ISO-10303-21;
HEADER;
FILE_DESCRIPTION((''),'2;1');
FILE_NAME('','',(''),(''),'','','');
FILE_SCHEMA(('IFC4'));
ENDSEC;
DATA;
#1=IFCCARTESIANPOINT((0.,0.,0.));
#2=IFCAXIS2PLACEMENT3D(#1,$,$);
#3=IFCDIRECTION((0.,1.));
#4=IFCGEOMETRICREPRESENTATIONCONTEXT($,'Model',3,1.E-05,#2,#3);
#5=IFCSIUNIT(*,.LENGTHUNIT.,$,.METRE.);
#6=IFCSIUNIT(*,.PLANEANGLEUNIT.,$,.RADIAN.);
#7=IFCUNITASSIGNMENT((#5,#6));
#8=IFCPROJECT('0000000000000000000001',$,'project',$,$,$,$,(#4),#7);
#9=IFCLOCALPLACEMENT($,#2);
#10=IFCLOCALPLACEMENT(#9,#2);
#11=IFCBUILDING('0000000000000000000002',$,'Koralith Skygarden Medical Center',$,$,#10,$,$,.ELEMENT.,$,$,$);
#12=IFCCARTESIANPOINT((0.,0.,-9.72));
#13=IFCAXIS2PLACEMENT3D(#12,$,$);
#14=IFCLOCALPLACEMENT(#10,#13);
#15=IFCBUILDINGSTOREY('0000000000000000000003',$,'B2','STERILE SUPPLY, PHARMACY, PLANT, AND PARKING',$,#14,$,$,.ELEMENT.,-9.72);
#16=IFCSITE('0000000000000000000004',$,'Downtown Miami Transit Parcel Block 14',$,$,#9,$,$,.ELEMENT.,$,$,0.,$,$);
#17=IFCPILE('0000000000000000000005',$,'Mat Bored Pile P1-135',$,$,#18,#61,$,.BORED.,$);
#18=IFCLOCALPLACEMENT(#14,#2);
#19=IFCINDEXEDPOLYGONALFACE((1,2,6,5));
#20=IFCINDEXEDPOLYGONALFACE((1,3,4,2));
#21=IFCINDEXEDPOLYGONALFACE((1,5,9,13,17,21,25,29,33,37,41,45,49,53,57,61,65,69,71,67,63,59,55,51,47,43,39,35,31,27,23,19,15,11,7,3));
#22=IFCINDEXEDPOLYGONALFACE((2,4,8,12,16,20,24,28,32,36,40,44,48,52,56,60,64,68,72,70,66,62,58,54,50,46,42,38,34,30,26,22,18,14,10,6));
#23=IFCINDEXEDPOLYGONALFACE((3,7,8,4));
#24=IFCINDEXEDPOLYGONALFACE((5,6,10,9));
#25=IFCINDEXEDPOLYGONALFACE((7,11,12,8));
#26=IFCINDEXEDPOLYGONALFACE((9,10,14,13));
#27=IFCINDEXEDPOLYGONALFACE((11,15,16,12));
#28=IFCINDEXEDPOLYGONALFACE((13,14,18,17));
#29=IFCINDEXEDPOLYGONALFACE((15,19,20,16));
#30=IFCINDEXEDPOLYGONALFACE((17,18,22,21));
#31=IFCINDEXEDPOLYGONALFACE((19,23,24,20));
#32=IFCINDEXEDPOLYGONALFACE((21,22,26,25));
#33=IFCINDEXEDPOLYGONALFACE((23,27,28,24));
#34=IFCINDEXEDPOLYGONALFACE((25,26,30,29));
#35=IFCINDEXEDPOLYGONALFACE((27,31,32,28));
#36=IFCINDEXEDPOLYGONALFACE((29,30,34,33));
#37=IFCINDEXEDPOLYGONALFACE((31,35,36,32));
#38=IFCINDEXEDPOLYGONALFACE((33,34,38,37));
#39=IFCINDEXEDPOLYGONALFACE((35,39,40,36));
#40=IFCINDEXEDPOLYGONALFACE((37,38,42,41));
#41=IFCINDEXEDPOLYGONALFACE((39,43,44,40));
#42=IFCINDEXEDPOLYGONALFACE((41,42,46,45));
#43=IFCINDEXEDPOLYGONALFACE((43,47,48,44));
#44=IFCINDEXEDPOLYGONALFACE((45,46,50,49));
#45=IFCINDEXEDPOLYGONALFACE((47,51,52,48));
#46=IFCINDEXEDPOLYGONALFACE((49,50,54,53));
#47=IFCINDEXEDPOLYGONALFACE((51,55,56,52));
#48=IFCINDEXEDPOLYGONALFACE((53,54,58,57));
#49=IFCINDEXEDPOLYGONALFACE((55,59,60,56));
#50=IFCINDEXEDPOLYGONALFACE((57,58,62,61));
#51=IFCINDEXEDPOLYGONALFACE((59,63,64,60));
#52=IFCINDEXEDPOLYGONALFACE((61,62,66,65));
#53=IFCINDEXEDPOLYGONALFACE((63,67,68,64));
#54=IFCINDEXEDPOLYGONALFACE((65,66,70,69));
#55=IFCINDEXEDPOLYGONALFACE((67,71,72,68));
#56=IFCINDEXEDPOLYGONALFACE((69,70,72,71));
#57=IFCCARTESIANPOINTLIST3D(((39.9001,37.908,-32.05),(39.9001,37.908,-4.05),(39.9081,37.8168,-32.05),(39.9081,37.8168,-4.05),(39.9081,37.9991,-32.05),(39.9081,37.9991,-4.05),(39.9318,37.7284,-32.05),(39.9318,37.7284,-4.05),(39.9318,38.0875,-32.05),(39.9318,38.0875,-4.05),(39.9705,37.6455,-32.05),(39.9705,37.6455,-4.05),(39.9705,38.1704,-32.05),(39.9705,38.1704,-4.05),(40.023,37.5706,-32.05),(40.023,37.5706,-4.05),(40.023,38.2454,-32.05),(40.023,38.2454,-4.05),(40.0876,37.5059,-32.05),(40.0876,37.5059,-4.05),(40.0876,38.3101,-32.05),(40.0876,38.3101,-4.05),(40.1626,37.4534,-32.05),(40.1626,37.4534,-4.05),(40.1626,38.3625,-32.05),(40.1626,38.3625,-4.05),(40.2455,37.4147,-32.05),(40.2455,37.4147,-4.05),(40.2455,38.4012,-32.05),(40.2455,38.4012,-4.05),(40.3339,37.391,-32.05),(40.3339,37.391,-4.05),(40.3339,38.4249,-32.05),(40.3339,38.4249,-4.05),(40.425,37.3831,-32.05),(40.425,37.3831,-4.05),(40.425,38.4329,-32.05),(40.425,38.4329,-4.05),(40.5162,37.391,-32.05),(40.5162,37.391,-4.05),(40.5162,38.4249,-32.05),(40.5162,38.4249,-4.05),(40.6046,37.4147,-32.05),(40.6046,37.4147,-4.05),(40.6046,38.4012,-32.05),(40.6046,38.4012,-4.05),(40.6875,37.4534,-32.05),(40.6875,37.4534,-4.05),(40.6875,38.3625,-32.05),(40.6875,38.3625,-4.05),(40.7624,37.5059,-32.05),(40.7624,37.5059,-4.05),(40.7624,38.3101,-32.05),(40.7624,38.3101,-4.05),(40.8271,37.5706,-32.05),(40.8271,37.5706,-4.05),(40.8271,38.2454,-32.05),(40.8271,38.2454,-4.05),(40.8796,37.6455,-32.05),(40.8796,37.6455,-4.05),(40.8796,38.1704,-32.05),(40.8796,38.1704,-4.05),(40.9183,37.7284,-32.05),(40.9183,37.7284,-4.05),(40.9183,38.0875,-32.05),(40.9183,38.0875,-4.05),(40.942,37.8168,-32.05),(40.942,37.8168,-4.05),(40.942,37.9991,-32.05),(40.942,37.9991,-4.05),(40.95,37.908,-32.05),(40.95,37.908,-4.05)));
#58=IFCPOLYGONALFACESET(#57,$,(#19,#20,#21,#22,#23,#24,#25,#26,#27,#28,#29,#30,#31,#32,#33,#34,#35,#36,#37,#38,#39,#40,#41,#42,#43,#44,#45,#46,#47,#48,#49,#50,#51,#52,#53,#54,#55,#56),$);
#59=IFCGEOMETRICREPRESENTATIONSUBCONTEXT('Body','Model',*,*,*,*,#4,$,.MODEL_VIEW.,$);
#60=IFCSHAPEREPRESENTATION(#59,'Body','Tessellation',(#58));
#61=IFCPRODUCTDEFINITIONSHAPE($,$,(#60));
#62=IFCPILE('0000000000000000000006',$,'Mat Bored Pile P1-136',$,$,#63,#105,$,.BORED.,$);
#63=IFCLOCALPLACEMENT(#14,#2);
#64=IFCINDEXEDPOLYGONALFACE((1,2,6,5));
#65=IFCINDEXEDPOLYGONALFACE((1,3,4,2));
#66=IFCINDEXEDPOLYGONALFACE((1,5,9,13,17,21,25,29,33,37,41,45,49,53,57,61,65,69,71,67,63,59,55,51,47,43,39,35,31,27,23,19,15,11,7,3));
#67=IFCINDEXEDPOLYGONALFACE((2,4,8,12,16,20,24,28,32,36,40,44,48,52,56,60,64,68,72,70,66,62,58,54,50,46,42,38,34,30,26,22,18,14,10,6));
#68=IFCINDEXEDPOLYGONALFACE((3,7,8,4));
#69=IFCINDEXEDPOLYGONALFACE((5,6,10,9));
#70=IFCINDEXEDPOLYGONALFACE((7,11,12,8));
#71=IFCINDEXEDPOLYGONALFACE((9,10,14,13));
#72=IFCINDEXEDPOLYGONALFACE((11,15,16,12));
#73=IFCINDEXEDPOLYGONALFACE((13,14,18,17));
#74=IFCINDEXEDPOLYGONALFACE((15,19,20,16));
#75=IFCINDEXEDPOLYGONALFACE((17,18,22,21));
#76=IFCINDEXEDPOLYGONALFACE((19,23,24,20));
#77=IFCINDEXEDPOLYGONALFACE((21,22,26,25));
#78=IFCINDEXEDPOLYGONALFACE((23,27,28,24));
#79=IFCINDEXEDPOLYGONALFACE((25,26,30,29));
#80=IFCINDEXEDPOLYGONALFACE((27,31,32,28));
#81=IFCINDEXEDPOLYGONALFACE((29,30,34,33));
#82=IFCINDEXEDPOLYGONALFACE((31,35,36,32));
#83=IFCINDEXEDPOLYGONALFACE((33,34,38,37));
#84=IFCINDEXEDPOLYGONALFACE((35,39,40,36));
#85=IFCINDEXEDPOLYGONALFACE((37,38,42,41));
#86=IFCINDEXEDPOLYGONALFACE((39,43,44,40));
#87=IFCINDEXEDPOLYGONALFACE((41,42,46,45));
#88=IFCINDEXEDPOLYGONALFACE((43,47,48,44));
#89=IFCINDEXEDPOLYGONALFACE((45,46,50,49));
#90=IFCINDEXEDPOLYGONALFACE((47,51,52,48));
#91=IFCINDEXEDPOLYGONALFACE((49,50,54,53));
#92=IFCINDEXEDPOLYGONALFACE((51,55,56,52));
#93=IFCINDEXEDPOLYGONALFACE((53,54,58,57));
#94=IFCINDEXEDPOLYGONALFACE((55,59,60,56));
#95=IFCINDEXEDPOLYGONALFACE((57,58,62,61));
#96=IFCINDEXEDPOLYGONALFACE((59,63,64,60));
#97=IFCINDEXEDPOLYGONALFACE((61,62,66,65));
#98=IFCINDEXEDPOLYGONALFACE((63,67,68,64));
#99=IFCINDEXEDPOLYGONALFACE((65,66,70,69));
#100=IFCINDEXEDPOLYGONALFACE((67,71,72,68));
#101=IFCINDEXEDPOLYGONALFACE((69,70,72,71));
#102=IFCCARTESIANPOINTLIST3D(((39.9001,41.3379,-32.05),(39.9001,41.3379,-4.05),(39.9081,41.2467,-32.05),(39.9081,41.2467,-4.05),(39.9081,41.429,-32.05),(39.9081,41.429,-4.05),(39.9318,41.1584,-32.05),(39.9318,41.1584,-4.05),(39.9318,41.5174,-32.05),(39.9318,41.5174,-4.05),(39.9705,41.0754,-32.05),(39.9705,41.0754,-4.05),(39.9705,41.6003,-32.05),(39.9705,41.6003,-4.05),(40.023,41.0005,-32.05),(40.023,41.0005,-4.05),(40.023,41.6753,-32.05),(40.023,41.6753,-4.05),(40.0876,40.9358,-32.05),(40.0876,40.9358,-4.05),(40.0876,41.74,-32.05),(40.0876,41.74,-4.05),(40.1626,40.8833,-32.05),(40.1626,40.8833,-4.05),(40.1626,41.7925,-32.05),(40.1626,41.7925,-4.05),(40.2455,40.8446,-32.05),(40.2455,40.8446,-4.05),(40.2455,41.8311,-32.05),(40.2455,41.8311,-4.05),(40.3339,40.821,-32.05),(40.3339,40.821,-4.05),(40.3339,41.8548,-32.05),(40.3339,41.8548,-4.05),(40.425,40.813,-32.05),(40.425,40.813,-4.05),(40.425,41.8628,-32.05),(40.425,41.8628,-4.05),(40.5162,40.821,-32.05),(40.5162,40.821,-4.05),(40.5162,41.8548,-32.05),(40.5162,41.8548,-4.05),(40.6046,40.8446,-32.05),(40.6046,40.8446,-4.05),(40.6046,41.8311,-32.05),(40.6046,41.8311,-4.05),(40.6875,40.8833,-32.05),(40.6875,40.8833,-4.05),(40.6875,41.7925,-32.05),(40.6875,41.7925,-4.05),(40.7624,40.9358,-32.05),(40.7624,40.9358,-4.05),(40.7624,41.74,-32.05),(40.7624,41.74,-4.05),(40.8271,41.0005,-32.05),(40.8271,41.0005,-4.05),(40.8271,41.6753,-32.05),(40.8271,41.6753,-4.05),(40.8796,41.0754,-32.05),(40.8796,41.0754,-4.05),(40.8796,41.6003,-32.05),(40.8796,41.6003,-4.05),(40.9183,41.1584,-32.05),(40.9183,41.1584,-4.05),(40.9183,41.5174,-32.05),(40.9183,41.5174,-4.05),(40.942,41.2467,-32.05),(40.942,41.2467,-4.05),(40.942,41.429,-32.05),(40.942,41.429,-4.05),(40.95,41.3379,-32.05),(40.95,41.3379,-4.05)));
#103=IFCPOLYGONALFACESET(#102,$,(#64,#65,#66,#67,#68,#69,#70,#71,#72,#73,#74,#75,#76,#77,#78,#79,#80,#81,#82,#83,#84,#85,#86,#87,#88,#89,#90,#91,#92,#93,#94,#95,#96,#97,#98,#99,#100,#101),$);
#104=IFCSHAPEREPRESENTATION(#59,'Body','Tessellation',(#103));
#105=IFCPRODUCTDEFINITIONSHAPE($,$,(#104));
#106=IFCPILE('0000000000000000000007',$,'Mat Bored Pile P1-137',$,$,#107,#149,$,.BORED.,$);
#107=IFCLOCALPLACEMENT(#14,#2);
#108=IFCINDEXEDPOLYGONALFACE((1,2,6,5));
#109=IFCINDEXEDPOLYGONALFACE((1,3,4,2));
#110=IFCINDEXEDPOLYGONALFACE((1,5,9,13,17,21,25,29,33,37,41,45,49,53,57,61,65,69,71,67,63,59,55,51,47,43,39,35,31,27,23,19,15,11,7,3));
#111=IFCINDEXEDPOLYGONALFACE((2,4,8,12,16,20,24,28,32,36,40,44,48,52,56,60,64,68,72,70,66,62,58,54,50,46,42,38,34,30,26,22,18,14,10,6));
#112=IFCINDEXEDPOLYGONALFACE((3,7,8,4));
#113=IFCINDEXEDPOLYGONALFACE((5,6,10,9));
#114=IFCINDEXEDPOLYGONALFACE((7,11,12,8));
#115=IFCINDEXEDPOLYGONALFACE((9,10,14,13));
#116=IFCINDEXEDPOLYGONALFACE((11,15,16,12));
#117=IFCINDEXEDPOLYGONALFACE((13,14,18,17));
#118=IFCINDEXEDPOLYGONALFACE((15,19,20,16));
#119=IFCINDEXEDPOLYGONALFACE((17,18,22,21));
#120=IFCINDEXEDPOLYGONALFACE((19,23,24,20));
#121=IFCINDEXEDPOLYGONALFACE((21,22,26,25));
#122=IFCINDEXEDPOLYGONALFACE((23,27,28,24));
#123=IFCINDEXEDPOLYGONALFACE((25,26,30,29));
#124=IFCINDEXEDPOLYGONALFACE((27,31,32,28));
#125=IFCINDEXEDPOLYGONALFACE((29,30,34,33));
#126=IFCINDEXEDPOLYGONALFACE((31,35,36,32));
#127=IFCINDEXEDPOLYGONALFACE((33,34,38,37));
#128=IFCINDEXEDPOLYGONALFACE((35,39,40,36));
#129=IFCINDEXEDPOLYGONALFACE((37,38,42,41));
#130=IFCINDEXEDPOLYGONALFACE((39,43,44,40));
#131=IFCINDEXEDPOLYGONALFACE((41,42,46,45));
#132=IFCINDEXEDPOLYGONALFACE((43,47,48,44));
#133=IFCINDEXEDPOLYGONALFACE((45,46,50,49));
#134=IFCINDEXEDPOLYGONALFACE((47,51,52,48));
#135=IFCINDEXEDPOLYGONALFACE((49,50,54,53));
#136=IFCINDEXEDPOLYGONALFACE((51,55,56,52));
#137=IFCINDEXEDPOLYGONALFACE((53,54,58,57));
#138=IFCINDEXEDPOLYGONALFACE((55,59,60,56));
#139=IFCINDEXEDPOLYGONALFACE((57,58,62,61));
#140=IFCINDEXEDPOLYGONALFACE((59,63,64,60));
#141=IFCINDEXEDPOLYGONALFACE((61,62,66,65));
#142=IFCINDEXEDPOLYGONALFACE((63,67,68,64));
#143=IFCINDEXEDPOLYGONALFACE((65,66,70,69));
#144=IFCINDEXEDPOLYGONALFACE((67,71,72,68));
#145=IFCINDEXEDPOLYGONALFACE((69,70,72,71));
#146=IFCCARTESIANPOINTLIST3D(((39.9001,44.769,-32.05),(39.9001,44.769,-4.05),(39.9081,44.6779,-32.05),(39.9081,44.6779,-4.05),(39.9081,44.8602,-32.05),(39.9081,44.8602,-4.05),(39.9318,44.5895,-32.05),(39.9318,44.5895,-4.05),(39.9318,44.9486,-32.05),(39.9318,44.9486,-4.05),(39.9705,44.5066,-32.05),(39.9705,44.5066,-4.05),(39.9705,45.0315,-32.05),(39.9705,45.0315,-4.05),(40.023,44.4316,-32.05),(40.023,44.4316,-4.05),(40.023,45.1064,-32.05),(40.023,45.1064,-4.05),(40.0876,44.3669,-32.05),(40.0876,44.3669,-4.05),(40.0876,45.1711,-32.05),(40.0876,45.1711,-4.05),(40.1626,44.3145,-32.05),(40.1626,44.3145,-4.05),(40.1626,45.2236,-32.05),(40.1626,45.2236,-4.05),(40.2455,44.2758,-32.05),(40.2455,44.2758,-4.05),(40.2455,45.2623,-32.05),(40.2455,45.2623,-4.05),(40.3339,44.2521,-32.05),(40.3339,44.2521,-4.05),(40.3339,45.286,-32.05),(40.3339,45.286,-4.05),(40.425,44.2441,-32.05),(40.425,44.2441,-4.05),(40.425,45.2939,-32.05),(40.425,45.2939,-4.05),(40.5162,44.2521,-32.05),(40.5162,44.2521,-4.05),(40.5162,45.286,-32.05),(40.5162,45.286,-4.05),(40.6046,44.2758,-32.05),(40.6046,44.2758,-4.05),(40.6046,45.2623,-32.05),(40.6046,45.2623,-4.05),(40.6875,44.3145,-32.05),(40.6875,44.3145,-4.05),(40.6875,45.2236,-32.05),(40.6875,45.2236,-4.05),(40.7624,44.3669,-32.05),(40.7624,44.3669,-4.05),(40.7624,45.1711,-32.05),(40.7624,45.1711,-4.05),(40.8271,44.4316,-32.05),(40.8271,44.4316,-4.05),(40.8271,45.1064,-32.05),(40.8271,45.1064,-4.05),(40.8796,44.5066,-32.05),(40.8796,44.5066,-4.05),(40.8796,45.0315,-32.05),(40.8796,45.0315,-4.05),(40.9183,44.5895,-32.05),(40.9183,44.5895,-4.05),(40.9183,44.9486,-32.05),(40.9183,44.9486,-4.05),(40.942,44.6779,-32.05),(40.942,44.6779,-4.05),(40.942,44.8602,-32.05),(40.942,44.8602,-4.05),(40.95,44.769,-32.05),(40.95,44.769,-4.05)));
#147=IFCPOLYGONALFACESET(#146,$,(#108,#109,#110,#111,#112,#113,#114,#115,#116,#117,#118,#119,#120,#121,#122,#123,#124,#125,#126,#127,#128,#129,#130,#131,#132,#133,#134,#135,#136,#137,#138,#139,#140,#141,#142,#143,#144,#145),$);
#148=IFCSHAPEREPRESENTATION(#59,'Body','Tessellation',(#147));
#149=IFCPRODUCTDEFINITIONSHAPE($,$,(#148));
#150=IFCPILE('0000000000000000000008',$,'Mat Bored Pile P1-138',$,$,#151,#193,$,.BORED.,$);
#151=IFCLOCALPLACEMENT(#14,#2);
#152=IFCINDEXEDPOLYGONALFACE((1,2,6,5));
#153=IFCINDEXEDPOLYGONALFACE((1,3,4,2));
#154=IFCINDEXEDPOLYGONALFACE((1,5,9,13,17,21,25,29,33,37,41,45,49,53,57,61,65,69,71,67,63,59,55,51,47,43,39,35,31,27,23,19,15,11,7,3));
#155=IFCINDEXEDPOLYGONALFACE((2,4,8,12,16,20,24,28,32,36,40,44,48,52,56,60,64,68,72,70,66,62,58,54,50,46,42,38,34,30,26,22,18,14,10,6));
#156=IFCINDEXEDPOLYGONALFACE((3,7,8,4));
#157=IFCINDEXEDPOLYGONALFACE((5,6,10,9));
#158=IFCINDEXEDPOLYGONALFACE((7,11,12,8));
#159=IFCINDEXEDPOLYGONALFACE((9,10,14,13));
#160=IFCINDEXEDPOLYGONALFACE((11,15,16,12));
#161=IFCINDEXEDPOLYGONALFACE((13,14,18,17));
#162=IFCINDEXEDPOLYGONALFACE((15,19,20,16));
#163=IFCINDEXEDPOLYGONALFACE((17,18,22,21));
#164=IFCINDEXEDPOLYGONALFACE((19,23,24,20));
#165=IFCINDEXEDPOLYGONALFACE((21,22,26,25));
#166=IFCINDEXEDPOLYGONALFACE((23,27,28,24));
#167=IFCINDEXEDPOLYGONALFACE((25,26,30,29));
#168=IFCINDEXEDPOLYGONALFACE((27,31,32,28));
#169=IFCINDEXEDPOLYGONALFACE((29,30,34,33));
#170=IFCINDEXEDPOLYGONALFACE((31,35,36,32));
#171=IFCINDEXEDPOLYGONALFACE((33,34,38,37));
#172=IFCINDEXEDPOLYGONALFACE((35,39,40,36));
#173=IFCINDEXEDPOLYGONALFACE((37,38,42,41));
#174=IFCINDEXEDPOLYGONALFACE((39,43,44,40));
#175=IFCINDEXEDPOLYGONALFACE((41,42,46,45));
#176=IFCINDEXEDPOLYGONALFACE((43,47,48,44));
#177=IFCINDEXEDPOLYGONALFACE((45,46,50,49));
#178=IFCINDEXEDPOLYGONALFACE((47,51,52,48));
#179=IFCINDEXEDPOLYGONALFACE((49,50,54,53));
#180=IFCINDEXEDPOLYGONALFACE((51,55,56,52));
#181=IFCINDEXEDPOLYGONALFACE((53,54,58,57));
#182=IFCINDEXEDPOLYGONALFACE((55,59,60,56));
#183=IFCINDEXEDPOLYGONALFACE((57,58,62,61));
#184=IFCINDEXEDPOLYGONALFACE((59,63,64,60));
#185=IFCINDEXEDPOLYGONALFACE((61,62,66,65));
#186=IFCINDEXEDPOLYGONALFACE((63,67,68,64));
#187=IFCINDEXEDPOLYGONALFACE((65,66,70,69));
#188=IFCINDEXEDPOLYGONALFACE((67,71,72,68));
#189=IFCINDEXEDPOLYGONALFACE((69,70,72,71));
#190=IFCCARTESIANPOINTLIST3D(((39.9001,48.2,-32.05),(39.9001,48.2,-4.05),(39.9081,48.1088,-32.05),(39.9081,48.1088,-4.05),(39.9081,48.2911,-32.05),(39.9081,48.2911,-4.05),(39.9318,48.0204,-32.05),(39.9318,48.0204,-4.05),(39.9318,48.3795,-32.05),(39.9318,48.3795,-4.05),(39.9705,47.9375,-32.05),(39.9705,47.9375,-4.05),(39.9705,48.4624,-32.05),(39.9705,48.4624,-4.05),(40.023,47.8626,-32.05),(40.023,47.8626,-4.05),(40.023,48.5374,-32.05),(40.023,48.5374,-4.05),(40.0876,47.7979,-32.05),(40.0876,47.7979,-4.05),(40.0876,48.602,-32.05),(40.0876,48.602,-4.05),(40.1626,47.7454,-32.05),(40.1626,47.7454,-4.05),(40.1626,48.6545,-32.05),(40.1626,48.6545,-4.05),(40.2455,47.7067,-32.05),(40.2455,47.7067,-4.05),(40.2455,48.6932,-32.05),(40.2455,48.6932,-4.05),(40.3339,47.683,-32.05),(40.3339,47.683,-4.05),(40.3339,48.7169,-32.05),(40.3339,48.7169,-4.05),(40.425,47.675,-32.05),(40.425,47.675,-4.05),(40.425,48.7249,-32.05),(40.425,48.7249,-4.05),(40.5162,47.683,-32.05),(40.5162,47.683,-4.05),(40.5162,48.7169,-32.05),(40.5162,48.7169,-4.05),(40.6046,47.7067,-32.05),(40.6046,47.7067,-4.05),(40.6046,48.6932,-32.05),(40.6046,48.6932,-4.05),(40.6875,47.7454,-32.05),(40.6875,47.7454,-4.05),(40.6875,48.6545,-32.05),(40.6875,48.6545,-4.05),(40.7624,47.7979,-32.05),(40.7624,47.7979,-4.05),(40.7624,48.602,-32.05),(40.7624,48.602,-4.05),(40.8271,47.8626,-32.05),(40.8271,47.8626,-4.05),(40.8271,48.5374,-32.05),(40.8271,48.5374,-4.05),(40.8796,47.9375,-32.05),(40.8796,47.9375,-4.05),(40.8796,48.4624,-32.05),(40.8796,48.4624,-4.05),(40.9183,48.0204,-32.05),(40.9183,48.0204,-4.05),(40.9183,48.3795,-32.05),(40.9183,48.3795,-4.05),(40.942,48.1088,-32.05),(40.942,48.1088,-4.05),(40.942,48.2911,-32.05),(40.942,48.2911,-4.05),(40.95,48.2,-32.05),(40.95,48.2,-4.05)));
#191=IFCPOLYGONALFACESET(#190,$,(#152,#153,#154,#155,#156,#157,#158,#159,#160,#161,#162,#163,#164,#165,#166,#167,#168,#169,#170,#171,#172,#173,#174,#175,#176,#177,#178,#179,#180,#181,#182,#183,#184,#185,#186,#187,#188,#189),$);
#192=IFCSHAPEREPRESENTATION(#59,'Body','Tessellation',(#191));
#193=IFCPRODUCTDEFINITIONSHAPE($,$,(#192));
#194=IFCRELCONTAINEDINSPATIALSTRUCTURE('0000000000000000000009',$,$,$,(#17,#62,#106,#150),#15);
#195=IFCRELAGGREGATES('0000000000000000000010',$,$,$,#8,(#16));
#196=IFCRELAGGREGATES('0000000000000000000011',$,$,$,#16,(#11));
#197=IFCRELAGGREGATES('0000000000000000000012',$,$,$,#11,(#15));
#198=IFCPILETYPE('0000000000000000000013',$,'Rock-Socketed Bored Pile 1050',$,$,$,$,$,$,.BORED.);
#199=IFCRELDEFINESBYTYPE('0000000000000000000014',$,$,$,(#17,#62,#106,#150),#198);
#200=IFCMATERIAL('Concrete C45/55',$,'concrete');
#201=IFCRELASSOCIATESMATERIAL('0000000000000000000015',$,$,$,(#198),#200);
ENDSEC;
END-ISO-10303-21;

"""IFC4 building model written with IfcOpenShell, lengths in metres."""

from ifc_helpers import new_model, si_unit, direction, frame, origin, origin_2d, place, context, subcontext, project, spatial, circle, extrude, material, material_profile, profile_set, type_object, element, save


model = new_model("IFC4")

# Units and contexts
model_context = context("Model", 3, precision=1e-05, world=origin(), true_north=direction((0.0, 1.0)))
body_context = subcontext(model_context, "Body", "Model", "MODEL_VIEW")
ifc_project = project(units=[si_unit("LENGTHUNIT", "METRE"), si_unit("PLANEANGLEUNIT", "RADIAN")], contexts=[model_context])

# Site, building, storey
site_placement = place(None, origin())
site = spatial("IfcSite", under=ifc_project, at=site_placement, Name="Downtown Miami Transit Parcel Block 14", CompositionType="ELEMENT", RefElevation=0.0)
building_placement = place(site_placement, origin())
building = spatial("IfcBuilding", under=site, at=building_placement, Name="Koralith Skygarden Medical Center", CompositionType="ELEMENT")
storey_placement = place(building_placement, frame((0.0, 0.0, -9.72)))
storey = spatial("IfcBuildingStorey", under=building, at=storey_placement, Name="B2", Description="STERILE SUPPLY, PHARMACY, PLANT, AND PARKING", CompositionType="ELEMENT", Elevation=-9.72)

# Piles
ifc_material_1 = material(Name="Concrete C45/55", Category="concrete")
ifc_material_profile_1 = material_profile(ifc_material_1, circle(Radius=0.5249, at=origin_2d()), Name="PILE1050")
ifc_profile_set_1 = profile_set([ifc_material_profile_1], Name="Concrete C45/55")
pile_type_1 = type_object("IfcPileType", Name="Rock-Socketed Bored Pile 1050", PredefinedType="BORED", material=ifc_profile_set_1)
for number, where, z_axis, x_axis, name in (
    (1, (40.425, 37.908, -4.05), (0.0, 0.0, -1.0), (1.0, 0.0, 0.0), "Mat Bored Pile P1-135"),
    (2, (40.425, 41.3379, -4.05), (0.0, 0.0, -1.0), (1.0, 0.0, 0.0), "Mat Bored Pile P1-136"),
    (3, (40.425, 44.769, -4.05), (0.0, 0.0, -1.0), (1.0, 0.0, 0.0), "Mat Bored Pile P1-137"),
    (4, (40.425, 48.2, -4.05), (0.0, 0.0, -1.0), (1.0, 0.0, 0.0), "Mat Bored Pile P1-138"),
):
    element("IfcPile", number, at=place(storey_placement, frame(where, z_axis=z_axis, x_axis=x_axis)), inside=storey, type_object=pile_type_1, Name=name, PredefinedType="BORED", context=body_context, shape_type="SweptSolid", body=[
        extrude(circle(Radius=0.5249, at=origin_2d()), origin(), (0.0, 0.0, 1.0), 28.0),
    ])

save(model, "model.ifc")
